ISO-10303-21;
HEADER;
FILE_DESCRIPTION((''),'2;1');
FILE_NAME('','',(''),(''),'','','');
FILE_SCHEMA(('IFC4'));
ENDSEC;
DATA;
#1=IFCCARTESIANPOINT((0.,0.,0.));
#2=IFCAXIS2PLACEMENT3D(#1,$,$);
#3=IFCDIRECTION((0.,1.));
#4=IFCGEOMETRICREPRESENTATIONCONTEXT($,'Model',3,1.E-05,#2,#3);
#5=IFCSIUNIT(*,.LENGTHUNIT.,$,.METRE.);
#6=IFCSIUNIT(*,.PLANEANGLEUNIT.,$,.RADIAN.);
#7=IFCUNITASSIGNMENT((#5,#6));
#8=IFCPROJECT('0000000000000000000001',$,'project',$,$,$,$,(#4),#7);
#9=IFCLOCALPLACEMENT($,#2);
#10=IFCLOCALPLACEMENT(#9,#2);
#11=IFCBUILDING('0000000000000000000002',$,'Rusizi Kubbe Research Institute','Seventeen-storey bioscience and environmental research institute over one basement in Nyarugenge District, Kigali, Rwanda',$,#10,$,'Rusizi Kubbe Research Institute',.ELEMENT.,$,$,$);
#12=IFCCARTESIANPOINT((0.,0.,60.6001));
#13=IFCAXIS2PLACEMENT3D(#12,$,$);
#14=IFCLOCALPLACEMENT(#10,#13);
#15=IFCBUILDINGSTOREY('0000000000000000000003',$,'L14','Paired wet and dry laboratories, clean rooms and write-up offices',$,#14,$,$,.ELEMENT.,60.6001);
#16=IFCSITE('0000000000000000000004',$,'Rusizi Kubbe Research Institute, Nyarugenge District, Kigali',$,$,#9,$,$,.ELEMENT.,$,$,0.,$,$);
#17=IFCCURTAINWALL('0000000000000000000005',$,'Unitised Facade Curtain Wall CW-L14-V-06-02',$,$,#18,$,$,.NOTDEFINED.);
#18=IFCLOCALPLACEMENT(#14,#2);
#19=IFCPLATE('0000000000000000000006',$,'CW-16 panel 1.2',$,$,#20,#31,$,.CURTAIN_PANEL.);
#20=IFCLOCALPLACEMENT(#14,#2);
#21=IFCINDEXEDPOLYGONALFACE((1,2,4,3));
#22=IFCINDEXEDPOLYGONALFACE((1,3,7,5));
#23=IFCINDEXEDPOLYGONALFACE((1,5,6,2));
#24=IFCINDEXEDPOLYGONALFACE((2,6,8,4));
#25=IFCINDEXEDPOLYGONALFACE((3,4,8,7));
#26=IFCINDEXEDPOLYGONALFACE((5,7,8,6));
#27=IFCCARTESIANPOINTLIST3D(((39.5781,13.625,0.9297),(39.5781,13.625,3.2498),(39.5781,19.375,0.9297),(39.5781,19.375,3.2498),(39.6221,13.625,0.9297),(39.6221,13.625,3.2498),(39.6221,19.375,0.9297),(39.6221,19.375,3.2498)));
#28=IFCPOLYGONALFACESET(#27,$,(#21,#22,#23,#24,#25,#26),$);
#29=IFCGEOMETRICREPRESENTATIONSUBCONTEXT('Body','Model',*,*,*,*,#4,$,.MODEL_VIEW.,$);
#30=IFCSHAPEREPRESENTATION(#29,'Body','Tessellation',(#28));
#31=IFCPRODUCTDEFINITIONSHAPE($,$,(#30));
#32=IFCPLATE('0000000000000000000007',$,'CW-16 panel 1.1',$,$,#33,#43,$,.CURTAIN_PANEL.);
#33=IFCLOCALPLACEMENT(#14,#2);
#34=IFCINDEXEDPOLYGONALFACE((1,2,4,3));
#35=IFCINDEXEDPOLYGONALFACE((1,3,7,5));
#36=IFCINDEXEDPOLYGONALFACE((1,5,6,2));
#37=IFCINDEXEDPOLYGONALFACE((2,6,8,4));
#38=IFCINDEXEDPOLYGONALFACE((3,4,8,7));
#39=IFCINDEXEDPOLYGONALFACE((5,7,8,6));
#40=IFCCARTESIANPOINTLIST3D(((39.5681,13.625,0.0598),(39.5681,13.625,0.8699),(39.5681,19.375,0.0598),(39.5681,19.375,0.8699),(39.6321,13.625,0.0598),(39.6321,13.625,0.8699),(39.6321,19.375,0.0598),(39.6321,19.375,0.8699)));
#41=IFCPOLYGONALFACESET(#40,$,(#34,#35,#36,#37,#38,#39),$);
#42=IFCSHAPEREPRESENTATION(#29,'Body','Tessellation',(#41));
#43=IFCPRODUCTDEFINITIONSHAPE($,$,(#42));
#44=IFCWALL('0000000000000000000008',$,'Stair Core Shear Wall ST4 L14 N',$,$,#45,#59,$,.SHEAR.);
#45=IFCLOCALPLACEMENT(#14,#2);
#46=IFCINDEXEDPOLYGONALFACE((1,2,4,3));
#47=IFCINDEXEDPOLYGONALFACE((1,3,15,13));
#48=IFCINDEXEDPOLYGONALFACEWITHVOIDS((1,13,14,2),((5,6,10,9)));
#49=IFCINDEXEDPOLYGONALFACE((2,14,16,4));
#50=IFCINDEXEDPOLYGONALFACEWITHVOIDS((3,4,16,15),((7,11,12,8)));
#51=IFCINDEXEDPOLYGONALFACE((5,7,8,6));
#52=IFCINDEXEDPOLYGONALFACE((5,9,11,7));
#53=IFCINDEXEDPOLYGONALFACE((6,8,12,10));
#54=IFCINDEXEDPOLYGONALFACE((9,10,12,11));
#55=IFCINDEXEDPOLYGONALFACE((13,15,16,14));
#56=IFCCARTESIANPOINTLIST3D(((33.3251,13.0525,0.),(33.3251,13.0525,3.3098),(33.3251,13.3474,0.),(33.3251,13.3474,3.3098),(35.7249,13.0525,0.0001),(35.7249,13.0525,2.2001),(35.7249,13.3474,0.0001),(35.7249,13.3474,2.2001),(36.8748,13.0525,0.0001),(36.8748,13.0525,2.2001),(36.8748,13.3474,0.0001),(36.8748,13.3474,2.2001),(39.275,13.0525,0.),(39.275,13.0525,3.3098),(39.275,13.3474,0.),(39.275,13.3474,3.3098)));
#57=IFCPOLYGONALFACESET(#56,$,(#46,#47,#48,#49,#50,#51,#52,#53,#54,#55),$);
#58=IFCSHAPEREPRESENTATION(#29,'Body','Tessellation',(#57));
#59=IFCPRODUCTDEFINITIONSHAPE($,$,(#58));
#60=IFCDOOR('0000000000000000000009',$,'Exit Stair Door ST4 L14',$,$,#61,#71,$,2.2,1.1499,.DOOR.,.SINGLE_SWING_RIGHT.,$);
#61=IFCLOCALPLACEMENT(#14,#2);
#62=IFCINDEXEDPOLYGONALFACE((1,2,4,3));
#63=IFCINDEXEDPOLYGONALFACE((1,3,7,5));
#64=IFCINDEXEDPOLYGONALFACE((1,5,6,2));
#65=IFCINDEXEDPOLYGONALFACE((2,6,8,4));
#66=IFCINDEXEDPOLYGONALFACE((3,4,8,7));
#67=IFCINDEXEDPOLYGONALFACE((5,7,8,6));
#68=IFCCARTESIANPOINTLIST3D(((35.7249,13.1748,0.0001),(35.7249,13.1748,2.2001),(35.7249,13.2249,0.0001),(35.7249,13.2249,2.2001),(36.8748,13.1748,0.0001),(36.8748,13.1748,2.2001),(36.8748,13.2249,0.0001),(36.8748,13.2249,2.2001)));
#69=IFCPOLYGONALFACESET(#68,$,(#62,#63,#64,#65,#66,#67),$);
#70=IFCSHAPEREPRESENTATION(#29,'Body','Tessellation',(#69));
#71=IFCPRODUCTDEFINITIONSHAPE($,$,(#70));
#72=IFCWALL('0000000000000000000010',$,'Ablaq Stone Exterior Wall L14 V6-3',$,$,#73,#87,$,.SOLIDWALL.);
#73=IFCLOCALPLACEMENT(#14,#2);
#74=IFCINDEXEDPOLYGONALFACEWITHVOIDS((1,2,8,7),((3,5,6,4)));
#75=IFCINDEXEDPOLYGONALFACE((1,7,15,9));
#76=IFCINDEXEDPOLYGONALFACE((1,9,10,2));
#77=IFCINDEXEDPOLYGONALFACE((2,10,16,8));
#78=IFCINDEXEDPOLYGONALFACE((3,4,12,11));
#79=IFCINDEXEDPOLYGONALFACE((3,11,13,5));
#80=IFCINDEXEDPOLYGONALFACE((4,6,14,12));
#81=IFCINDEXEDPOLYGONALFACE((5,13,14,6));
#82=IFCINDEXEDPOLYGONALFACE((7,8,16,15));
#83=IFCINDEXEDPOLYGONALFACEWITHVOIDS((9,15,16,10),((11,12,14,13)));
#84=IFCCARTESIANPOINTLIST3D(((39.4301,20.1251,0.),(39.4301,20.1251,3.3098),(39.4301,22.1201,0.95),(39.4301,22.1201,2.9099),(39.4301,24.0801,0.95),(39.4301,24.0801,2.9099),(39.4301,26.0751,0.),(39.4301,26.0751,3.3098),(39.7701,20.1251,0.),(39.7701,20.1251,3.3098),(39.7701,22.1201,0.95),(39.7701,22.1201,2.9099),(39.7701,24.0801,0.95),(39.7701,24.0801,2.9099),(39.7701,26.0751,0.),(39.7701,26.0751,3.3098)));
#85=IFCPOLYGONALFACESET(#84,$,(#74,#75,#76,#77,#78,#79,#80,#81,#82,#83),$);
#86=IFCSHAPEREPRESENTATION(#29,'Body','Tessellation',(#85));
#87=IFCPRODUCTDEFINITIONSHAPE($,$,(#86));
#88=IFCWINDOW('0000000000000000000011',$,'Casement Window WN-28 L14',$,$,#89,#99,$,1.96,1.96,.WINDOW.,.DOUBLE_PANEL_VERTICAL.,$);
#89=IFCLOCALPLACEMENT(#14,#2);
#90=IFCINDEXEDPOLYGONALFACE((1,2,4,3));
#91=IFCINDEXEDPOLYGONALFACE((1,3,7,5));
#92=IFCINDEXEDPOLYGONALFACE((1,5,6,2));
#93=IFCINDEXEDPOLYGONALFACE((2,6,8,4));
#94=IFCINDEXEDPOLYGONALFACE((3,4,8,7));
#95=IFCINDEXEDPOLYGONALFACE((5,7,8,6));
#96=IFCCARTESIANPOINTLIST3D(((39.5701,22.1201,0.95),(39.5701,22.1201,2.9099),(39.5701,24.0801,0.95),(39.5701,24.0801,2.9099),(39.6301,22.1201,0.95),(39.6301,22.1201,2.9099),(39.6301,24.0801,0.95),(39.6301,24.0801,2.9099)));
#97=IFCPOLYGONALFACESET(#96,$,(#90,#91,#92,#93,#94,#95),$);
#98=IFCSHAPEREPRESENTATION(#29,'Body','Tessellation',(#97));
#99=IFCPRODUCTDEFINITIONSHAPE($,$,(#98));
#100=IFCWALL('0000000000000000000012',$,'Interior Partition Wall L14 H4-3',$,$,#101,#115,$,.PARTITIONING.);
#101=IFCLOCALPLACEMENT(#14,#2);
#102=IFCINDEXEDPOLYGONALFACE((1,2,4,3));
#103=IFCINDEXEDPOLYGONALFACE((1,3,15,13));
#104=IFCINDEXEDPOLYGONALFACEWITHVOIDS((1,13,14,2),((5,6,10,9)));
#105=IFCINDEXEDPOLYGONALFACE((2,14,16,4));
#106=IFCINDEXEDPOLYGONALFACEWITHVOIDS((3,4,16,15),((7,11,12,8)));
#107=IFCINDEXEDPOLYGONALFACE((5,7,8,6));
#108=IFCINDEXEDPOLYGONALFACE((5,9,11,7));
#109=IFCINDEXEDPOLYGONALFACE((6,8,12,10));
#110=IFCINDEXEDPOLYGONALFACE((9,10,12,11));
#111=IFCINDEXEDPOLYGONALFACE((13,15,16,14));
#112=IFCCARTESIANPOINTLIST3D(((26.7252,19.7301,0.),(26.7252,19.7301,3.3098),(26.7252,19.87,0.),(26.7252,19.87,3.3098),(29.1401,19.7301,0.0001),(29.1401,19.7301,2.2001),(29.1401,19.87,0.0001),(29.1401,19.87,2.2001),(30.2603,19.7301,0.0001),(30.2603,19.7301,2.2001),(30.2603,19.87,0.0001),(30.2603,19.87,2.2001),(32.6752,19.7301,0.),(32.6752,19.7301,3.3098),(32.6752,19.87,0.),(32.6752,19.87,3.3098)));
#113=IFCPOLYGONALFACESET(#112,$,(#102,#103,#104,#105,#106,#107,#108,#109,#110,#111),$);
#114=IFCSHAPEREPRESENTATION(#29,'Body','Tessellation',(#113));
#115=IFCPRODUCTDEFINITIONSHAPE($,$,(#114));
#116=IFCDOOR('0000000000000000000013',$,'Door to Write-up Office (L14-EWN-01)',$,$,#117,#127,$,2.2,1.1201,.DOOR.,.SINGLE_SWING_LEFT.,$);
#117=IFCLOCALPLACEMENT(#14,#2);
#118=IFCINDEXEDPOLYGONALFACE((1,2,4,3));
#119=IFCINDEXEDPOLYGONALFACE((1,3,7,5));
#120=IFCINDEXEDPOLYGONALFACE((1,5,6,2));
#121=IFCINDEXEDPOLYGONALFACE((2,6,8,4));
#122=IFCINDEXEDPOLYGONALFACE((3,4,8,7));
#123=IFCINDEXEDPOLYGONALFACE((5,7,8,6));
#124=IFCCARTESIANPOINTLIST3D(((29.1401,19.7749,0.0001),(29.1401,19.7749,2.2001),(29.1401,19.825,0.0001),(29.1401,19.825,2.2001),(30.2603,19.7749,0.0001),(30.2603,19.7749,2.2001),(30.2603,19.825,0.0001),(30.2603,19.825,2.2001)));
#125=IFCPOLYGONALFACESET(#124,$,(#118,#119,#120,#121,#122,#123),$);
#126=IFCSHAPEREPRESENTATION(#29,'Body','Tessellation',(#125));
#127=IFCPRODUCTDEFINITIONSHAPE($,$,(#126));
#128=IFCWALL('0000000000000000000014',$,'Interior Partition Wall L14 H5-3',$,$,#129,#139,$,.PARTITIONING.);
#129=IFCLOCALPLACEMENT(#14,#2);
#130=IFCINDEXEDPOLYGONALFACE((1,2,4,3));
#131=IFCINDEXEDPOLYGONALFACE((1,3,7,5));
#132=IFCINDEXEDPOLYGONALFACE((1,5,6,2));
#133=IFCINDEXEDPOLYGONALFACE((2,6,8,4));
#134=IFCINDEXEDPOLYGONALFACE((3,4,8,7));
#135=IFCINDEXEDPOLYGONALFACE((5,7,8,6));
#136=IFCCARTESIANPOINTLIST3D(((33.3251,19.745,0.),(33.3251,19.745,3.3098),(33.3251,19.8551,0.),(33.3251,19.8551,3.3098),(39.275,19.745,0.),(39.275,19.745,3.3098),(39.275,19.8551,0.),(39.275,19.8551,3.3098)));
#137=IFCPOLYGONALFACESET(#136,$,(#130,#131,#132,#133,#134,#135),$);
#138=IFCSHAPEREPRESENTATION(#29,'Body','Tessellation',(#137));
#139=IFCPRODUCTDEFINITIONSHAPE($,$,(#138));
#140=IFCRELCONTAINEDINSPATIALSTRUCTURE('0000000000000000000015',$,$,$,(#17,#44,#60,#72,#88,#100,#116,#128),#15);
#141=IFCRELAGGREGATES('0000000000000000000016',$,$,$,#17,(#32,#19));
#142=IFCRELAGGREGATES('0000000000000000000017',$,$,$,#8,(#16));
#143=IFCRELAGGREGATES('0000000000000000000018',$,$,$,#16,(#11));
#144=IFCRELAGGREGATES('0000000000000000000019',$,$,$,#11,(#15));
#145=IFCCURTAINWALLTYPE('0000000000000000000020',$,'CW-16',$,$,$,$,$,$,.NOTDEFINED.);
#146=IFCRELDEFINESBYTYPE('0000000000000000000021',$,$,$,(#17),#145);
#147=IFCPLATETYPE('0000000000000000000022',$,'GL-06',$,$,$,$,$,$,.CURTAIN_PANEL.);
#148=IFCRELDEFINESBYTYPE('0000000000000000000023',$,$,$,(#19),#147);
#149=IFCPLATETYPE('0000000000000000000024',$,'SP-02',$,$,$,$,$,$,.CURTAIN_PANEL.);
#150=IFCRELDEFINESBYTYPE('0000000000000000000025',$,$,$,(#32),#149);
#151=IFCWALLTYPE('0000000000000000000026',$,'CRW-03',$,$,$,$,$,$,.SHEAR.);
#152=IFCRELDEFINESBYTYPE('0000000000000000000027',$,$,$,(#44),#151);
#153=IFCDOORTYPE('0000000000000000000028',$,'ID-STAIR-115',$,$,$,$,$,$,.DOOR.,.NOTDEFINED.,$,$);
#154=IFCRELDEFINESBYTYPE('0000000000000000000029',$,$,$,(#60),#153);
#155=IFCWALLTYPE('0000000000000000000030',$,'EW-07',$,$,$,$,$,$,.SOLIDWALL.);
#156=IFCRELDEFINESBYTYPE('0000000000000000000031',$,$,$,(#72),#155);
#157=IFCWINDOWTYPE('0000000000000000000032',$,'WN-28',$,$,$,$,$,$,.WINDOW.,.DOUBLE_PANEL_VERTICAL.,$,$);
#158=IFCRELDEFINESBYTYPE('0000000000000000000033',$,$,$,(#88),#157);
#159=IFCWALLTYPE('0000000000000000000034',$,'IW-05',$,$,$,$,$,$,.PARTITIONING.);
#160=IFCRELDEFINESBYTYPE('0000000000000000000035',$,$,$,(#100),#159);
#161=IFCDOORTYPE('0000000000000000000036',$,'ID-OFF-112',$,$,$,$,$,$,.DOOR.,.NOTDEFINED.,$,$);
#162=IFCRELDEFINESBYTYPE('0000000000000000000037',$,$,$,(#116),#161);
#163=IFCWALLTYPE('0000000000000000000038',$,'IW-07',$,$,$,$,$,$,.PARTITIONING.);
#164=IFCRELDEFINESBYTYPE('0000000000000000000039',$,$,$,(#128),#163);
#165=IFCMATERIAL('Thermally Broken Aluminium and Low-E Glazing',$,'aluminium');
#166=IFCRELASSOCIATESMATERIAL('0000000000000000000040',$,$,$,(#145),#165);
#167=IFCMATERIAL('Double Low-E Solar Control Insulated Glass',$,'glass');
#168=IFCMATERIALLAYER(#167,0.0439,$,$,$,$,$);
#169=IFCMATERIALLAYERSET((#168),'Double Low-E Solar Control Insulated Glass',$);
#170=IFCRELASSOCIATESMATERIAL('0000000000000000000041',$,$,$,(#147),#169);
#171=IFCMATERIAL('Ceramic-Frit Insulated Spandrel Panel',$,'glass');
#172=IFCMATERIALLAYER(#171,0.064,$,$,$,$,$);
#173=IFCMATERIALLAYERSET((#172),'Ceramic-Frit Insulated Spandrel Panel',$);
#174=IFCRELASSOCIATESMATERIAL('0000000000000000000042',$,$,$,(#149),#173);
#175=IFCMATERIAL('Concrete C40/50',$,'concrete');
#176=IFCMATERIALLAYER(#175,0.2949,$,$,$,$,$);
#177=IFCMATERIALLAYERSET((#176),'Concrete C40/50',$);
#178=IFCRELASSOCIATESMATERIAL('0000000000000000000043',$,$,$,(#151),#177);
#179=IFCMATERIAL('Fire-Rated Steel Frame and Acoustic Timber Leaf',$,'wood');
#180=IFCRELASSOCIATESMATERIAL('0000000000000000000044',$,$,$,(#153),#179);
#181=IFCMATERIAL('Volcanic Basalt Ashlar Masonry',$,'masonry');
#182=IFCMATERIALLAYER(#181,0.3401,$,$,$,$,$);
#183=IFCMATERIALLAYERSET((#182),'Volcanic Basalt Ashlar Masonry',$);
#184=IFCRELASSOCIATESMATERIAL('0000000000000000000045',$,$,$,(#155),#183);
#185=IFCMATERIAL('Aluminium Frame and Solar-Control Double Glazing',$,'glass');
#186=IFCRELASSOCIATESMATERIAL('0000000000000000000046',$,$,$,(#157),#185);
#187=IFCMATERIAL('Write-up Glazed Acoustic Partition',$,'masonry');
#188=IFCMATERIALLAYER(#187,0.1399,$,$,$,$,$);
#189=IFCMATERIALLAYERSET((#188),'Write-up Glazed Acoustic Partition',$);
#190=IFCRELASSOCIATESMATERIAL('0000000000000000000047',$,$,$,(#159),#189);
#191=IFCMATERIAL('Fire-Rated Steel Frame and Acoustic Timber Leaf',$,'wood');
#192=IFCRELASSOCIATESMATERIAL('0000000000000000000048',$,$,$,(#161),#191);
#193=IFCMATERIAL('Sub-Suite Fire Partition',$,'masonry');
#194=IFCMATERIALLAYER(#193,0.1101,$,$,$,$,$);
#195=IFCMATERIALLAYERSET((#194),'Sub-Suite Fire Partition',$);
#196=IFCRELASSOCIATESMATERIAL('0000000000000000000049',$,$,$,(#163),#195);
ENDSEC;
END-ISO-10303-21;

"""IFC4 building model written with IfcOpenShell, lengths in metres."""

from ifc_helpers import new_model, si_unit, direction, frame, frame_2d, origin, origin_2d, place, context, subcontext, project, spatial, rectangle, extrude, material, layer, layer_set, type_object, element, fill, aggregate, save


model = new_model("IFC4")

# Units and contexts
model_context = context("Model", 3, precision=1e-05, world=origin(), true_north=direction((0.0, 1.0)))
body_context = subcontext(model_context, "Body", "Model", "MODEL_VIEW")
ifc_project = project(units=[si_unit("LENGTHUNIT", "METRE"), si_unit("PLANEANGLEUNIT", "RADIAN")], contexts=[model_context])

# Site, building, storey
site_placement = place(None, origin())
site = spatial("IfcSite", under=ifc_project, at=site_placement, Name="Rusizi Kubbe Research Institute, Nyarugenge District, Kigali", CompositionType="ELEMENT", RefElevation=0.0)
building_placement = place(site_placement, origin())
building = spatial("IfcBuilding", under=site, at=building_placement, Name="Rusizi Kubbe Research Institute", Description="Seventeen-storey bioscience and environmental research institute over one basement in Nyarugenge District, Kigali, Rwanda", LongName="Rusizi Kubbe Research Institute", CompositionType="ELEMENT")
storey_placement = place(building_placement, frame((0.0, 0.0, 60.6001)))
storey = spatial("IfcBuildingStorey", under=building, at=storey_placement, Name="L14", Description="Paired wet and dry laboratories, clean rooms and write-up offices", CompositionType="ELEMENT", Elevation=60.6001)

# Curtain wall, plates
ifc_material_1 = material(Name="Thermally Broken Aluminium and Low-E Glazing", Category="aluminium")
curtain_wall_type = type_object("IfcCurtainWallType", Name="CW-16", PredefinedType="NOTDEFINED", material=ifc_material_1)
curtain_wall_placement = place(storey_placement, origin())
curtain_wall = element("IfcCurtainWall", 1, at=curtain_wall_placement, inside=storey, type_object=curtain_wall_type, Name="Unitised Facade Curtain Wall CW-L14-V-06-02", PredefinedType="NOTDEFINED")
ifc_material_2 = material(Name="Double Low-E Solar Control Insulated Glass", Category="glass")
ifc_layer_1 = layer(ifc_material_2, 0.0439)
ifc_layer_set_1 = layer_set([ifc_layer_1], Name="Double Low-E Solar Control Insulated Glass")
plate_type_1 = type_object("IfcPlateType", Name="GL-06", PredefinedType="CURTAIN_PANEL", material=ifc_layer_set_1)
plate_1_placement = place(storey_placement, frame((39.6001, 16.5, 0.9297), z_axis=(0.0, 0.0, 1.0), x_axis=(0.0, 1.0, 0.0)))
plate_1 = element("IfcPlate", 2, at=plate_1_placement, type_object=plate_type_1, Name="CW-16 panel 1.2", PredefinedType="CURTAIN_PANEL", context=body_context, shape_type="SweptSolid", body=[
    extrude(rectangle(XDim=5.75, YDim=0.0439, at=origin_2d()), origin(), (0.0, 0.0, 1.0), 2.3201),
])
ifc_material_3 = material(Name="Ceramic-Frit Insulated Spandrel Panel", Category="glass")
ifc_layer_2 = layer(ifc_material_3, 0.064)
ifc_layer_set_2 = layer_set([ifc_layer_2], Name="Ceramic-Frit Insulated Spandrel Panel")
plate_type_2 = type_object("IfcPlateType", Name="SP-02", PredefinedType="CURTAIN_PANEL", material=ifc_layer_set_2)
plate_2_placement = place(storey_placement, frame((39.6001, 16.5, 0.0598), z_axis=(0.0, 0.0, 1.0), x_axis=(0.0, 1.0, 0.0)))
plate_2 = element("IfcPlate", 3, at=plate_2_placement, type_object=plate_type_2, Name="CW-16 panel 1.1", PredefinedType="CURTAIN_PANEL", context=body_context, shape_type="SweptSolid", body=[
    extrude(rectangle(XDim=5.75, YDim=0.064, at=origin_2d()), origin(), (0.0, 0.0, 1.0), 0.8101),
])
aggregate(curtain_wall, [plate_2, plate_1])

# Wall, opening, door
ifc_material_4 = material(Name="Concrete C40/50", Category="concrete")
ifc_layer_3 = layer(ifc_material_4, 0.2949)
ifc_layer_set_3 = layer_set([ifc_layer_3], Name="Concrete C40/50")
wall_type_1 = type_object("IfcWallType", Name="CRW-03", PredefinedType="SHEAR", material=ifc_layer_set_3)
wall_1_placement = place(storey_placement, frame((33.325, 13.2, 0.0), z_axis=(0.0, 0.0, 1.0), x_axis=(1.0, 0.0, 0.0)))
wall_1 = element("IfcWall", 4, at=wall_1_placement, inside=storey, type_object=wall_type_1, Name="Stair Core Shear Wall ST4 L14 N", PredefinedType="SHEAR", context=body_context, shape_type="SweptSolid", body=[
    extrude(rectangle(XDim=5.95, YDim=0.2949, at=frame_2d((2.9751, 0.0))), origin(), (0.0, 0.0, 1.0), 3.3098),
])
opening_1_placement = place(wall_1_placement, frame((2.3999, 0.0, 0.0)))
opening_1 = element("IfcOpeningElement", 5, at=opening_1_placement, cuts=wall_1, PredefinedType="OPENING", context=body_context, shape_type="SweptSolid", body=[
    extrude(rectangle(XDim=1.1499, YDim=2.2, at=frame_2d((0.575, 1.1001))), frame((0.0, 0.1575, 0.0), z_axis=(0.0, -1.0, 0.0), x_axis=(1.0, 0.0, 0.0)), (0.0, 0.0, 1.0), 0.3149),
])
ifc_material_5 = material(Name="Fire-Rated Steel Frame and Acoustic Timber Leaf", Category="wood")
door_type_1 = type_object("IfcDoorType", Name="ID-STAIR-115", OperationType="NOTDEFINED", PredefinedType="DOOR", material=ifc_material_5)
door_1_placement = place(opening_1_placement, origin())
door_1 = element("IfcDoor", 6, at=door_1_placement, inside=storey, type_object=door_type_1, Name="Exit Stair Door ST4 L14", OperationType="SINGLE_SWING_RIGHT", OverallHeight=2.2, OverallWidth=1.1499, PredefinedType="DOOR", context=body_context, shape_type="SweptSolid", body=[
    extrude(rectangle(XDim=1.1499, YDim=2.2, at=frame_2d((0.575, 1.1001))), frame((0.0, 0.0249, 0.0), z_axis=(0.0, -1.0, 0.0), x_axis=(1.0, 0.0, 0.0)), (0.0, 0.0, 1.0), 0.05),
])
fill(opening_1, door_1)

# Wall, opening, window
ifc_material_6 = material(Name="Volcanic Basalt Ashlar Masonry", Category="masonry")
ifc_layer_4 = layer(ifc_material_6, 0.3401)
ifc_layer_set_4 = layer_set([ifc_layer_4], Name="Volcanic Basalt Ashlar Masonry")
wall_type_2 = type_object("IfcWallType", Name="EW-07", PredefinedType="SOLIDWALL", material=ifc_layer_set_4)
wall_2_placement = place(storey_placement, frame((39.6001, 20.125, 0.0), z_axis=(0.0, 0.0, 1.0), x_axis=(0.0, 1.0, 0.0)))
wall_2 = element("IfcWall", 7, at=wall_2_placement, inside=storey, type_object=wall_type_2, Name="Ablaq Stone Exterior Wall L14 V6-3", PredefinedType="SOLIDWALL", context=body_context, shape_type="SweptSolid", body=[
    extrude(rectangle(XDim=5.95, YDim=0.3401, at=frame_2d((2.9751, 0.0))), origin(), (0.0, 0.0, 1.0), 3.3098),
])
opening_2_placement = place(wall_2_placement, frame((1.9951, 0.0, 0.95)))
opening_2 = element("IfcOpeningElement", 8, at=opening_2_placement, cuts=wall_2, PredefinedType="OPENING", context=body_context, shape_type="SweptSolid", body=[
    extrude(rectangle(XDim=1.96, YDim=1.96, at=frame_2d((0.98, 0.98))), frame((0.0, 0.1799, 0.0), z_axis=(0.0, -1.0, 0.0), x_axis=(1.0, 0.0, 0.0)), (0.0, 0.0, 1.0), 0.3601),
])
ifc_material_7 = material(Name="Aluminium Frame and Solar-Control Double Glazing", Category="glass")
window_type = type_object("IfcWindowType", Name="WN-28", PartitioningType="DOUBLE_PANEL_VERTICAL", PredefinedType="WINDOW", material=ifc_material_7)
window_placement = place(opening_2_placement, origin())
window = element("IfcWindow", 9, at=window_placement, inside=storey, type_object=window_type, Name="Casement Window WN-28 L14", OverallHeight=1.96, OverallWidth=1.96, PartitioningType="DOUBLE_PANEL_VERTICAL", PredefinedType="WINDOW", context=body_context, shape_type="SweptSolid", body=[
    extrude(rectangle(XDim=1.96, YDim=1.96, at=frame_2d((0.98, 0.98))), frame((0.0, 0.03, 0.0), z_axis=(0.0, -1.0, 0.0), x_axis=(1.0, 0.0, 0.0)), (0.0, 0.0, 1.0), 0.0601),
])
fill(opening_2, window)

# Wall, opening, door
ifc_material_8 = material(Name="Write-up Glazed Acoustic Partition", Category="masonry")
ifc_layer_5 = layer(ifc_material_8, 0.1399)
ifc_layer_set_5 = layer_set([ifc_layer_5], Name="Write-up Glazed Acoustic Partition")
wall_type_3 = type_object("IfcWallType", Name="IW-05", PredefinedType="PARTITIONING", material=ifc_layer_set_5)
wall_3_placement = place(storey_placement, frame((26.7251, 19.8, 0.0), z_axis=(0.0, 0.0, 1.0), x_axis=(1.0, 0.0, 0.0)))
wall_3 = element("IfcWall", 10, at=wall_3_placement, inside=storey, type_object=wall_type_3, Name="Interior Partition Wall L14 H4-3", PredefinedType="PARTITIONING", context=body_context, shape_type="SweptSolid", body=[
    extrude(rectangle(XDim=5.95, YDim=0.1399, at=frame_2d((2.9751, 0.0))), origin(), (0.0, 0.0, 1.0), 3.3098),
])
opening_3_placement = place(wall_3_placement, frame((2.415, 0.0, 0.0)))
opening_3 = element("IfcOpeningElement", 11, at=opening_3_placement, cuts=wall_3, PredefinedType="OPENING", context=body_context, shape_type="SweptSolid", body=[
    extrude(rectangle(XDim=1.1201, YDim=2.2, at=frame_2d((0.5601, 1.1001))), frame((0.0, 0.0798, 0.0), z_axis=(0.0, -1.0, 0.0), x_axis=(1.0, 0.0, 0.0)), (0.0, 0.0, 1.0), 0.1599),
])
ifc_material_9 = material(Name="Fire-Rated Steel Frame and Acoustic Timber Leaf", Category="wood")
door_type_2 = type_object("IfcDoorType", Name="ID-OFF-112", OperationType="NOTDEFINED", PredefinedType="DOOR", material=ifc_material_9)
door_2_placement = place(opening_3_placement, origin())
door_2 = element("IfcDoor", 12, at=door_2_placement, inside=storey, type_object=door_type_2, Name="Door to Write-up Office (L14-EWN-01)", OperationType="SINGLE_SWING_LEFT", OverallHeight=2.2, OverallWidth=1.1201, PredefinedType="DOOR", context=body_context, shape_type="SweptSolid", body=[
    extrude(rectangle(XDim=1.1201, YDim=2.2, at=frame_2d((0.5601, 1.1001))), frame((0.0, 0.0249, 0.0), z_axis=(0.0, -1.0, 0.0), x_axis=(1.0, 0.0, 0.0)), (0.0, 0.0, 1.0), 0.05),
])
fill(opening_3, door_2)

# Wall
ifc_material_10 = material(Name="Sub-Suite Fire Partition", Category="masonry")
ifc_layer_6 = layer(ifc_material_10, 0.1101)
ifc_layer_set_6 = layer_set([ifc_layer_6], Name="Sub-Suite Fire Partition")
wall_type_4 = type_object("IfcWallType", Name="IW-07", PredefinedType="PARTITIONING", material=ifc_layer_set_6)
wall_4_placement = place(storey_placement, frame((33.325, 19.8, 0.0), z_axis=(0.0, 0.0, 1.0), x_axis=(1.0, 0.0, 0.0)))
element("IfcWall", 13, at=wall_4_placement, inside=storey, type_object=wall_type_4, Name="Interior Partition Wall L14 H5-3", PredefinedType="PARTITIONING", context=body_context, shape_type="SweptSolid", body=[
    extrude(rectangle(XDim=5.95, YDim=0.1101, at=frame_2d((2.9751, 0.0))), origin(), (0.0, 0.0, 1.0), 3.3098),
])

save(model, "model.ifc")
